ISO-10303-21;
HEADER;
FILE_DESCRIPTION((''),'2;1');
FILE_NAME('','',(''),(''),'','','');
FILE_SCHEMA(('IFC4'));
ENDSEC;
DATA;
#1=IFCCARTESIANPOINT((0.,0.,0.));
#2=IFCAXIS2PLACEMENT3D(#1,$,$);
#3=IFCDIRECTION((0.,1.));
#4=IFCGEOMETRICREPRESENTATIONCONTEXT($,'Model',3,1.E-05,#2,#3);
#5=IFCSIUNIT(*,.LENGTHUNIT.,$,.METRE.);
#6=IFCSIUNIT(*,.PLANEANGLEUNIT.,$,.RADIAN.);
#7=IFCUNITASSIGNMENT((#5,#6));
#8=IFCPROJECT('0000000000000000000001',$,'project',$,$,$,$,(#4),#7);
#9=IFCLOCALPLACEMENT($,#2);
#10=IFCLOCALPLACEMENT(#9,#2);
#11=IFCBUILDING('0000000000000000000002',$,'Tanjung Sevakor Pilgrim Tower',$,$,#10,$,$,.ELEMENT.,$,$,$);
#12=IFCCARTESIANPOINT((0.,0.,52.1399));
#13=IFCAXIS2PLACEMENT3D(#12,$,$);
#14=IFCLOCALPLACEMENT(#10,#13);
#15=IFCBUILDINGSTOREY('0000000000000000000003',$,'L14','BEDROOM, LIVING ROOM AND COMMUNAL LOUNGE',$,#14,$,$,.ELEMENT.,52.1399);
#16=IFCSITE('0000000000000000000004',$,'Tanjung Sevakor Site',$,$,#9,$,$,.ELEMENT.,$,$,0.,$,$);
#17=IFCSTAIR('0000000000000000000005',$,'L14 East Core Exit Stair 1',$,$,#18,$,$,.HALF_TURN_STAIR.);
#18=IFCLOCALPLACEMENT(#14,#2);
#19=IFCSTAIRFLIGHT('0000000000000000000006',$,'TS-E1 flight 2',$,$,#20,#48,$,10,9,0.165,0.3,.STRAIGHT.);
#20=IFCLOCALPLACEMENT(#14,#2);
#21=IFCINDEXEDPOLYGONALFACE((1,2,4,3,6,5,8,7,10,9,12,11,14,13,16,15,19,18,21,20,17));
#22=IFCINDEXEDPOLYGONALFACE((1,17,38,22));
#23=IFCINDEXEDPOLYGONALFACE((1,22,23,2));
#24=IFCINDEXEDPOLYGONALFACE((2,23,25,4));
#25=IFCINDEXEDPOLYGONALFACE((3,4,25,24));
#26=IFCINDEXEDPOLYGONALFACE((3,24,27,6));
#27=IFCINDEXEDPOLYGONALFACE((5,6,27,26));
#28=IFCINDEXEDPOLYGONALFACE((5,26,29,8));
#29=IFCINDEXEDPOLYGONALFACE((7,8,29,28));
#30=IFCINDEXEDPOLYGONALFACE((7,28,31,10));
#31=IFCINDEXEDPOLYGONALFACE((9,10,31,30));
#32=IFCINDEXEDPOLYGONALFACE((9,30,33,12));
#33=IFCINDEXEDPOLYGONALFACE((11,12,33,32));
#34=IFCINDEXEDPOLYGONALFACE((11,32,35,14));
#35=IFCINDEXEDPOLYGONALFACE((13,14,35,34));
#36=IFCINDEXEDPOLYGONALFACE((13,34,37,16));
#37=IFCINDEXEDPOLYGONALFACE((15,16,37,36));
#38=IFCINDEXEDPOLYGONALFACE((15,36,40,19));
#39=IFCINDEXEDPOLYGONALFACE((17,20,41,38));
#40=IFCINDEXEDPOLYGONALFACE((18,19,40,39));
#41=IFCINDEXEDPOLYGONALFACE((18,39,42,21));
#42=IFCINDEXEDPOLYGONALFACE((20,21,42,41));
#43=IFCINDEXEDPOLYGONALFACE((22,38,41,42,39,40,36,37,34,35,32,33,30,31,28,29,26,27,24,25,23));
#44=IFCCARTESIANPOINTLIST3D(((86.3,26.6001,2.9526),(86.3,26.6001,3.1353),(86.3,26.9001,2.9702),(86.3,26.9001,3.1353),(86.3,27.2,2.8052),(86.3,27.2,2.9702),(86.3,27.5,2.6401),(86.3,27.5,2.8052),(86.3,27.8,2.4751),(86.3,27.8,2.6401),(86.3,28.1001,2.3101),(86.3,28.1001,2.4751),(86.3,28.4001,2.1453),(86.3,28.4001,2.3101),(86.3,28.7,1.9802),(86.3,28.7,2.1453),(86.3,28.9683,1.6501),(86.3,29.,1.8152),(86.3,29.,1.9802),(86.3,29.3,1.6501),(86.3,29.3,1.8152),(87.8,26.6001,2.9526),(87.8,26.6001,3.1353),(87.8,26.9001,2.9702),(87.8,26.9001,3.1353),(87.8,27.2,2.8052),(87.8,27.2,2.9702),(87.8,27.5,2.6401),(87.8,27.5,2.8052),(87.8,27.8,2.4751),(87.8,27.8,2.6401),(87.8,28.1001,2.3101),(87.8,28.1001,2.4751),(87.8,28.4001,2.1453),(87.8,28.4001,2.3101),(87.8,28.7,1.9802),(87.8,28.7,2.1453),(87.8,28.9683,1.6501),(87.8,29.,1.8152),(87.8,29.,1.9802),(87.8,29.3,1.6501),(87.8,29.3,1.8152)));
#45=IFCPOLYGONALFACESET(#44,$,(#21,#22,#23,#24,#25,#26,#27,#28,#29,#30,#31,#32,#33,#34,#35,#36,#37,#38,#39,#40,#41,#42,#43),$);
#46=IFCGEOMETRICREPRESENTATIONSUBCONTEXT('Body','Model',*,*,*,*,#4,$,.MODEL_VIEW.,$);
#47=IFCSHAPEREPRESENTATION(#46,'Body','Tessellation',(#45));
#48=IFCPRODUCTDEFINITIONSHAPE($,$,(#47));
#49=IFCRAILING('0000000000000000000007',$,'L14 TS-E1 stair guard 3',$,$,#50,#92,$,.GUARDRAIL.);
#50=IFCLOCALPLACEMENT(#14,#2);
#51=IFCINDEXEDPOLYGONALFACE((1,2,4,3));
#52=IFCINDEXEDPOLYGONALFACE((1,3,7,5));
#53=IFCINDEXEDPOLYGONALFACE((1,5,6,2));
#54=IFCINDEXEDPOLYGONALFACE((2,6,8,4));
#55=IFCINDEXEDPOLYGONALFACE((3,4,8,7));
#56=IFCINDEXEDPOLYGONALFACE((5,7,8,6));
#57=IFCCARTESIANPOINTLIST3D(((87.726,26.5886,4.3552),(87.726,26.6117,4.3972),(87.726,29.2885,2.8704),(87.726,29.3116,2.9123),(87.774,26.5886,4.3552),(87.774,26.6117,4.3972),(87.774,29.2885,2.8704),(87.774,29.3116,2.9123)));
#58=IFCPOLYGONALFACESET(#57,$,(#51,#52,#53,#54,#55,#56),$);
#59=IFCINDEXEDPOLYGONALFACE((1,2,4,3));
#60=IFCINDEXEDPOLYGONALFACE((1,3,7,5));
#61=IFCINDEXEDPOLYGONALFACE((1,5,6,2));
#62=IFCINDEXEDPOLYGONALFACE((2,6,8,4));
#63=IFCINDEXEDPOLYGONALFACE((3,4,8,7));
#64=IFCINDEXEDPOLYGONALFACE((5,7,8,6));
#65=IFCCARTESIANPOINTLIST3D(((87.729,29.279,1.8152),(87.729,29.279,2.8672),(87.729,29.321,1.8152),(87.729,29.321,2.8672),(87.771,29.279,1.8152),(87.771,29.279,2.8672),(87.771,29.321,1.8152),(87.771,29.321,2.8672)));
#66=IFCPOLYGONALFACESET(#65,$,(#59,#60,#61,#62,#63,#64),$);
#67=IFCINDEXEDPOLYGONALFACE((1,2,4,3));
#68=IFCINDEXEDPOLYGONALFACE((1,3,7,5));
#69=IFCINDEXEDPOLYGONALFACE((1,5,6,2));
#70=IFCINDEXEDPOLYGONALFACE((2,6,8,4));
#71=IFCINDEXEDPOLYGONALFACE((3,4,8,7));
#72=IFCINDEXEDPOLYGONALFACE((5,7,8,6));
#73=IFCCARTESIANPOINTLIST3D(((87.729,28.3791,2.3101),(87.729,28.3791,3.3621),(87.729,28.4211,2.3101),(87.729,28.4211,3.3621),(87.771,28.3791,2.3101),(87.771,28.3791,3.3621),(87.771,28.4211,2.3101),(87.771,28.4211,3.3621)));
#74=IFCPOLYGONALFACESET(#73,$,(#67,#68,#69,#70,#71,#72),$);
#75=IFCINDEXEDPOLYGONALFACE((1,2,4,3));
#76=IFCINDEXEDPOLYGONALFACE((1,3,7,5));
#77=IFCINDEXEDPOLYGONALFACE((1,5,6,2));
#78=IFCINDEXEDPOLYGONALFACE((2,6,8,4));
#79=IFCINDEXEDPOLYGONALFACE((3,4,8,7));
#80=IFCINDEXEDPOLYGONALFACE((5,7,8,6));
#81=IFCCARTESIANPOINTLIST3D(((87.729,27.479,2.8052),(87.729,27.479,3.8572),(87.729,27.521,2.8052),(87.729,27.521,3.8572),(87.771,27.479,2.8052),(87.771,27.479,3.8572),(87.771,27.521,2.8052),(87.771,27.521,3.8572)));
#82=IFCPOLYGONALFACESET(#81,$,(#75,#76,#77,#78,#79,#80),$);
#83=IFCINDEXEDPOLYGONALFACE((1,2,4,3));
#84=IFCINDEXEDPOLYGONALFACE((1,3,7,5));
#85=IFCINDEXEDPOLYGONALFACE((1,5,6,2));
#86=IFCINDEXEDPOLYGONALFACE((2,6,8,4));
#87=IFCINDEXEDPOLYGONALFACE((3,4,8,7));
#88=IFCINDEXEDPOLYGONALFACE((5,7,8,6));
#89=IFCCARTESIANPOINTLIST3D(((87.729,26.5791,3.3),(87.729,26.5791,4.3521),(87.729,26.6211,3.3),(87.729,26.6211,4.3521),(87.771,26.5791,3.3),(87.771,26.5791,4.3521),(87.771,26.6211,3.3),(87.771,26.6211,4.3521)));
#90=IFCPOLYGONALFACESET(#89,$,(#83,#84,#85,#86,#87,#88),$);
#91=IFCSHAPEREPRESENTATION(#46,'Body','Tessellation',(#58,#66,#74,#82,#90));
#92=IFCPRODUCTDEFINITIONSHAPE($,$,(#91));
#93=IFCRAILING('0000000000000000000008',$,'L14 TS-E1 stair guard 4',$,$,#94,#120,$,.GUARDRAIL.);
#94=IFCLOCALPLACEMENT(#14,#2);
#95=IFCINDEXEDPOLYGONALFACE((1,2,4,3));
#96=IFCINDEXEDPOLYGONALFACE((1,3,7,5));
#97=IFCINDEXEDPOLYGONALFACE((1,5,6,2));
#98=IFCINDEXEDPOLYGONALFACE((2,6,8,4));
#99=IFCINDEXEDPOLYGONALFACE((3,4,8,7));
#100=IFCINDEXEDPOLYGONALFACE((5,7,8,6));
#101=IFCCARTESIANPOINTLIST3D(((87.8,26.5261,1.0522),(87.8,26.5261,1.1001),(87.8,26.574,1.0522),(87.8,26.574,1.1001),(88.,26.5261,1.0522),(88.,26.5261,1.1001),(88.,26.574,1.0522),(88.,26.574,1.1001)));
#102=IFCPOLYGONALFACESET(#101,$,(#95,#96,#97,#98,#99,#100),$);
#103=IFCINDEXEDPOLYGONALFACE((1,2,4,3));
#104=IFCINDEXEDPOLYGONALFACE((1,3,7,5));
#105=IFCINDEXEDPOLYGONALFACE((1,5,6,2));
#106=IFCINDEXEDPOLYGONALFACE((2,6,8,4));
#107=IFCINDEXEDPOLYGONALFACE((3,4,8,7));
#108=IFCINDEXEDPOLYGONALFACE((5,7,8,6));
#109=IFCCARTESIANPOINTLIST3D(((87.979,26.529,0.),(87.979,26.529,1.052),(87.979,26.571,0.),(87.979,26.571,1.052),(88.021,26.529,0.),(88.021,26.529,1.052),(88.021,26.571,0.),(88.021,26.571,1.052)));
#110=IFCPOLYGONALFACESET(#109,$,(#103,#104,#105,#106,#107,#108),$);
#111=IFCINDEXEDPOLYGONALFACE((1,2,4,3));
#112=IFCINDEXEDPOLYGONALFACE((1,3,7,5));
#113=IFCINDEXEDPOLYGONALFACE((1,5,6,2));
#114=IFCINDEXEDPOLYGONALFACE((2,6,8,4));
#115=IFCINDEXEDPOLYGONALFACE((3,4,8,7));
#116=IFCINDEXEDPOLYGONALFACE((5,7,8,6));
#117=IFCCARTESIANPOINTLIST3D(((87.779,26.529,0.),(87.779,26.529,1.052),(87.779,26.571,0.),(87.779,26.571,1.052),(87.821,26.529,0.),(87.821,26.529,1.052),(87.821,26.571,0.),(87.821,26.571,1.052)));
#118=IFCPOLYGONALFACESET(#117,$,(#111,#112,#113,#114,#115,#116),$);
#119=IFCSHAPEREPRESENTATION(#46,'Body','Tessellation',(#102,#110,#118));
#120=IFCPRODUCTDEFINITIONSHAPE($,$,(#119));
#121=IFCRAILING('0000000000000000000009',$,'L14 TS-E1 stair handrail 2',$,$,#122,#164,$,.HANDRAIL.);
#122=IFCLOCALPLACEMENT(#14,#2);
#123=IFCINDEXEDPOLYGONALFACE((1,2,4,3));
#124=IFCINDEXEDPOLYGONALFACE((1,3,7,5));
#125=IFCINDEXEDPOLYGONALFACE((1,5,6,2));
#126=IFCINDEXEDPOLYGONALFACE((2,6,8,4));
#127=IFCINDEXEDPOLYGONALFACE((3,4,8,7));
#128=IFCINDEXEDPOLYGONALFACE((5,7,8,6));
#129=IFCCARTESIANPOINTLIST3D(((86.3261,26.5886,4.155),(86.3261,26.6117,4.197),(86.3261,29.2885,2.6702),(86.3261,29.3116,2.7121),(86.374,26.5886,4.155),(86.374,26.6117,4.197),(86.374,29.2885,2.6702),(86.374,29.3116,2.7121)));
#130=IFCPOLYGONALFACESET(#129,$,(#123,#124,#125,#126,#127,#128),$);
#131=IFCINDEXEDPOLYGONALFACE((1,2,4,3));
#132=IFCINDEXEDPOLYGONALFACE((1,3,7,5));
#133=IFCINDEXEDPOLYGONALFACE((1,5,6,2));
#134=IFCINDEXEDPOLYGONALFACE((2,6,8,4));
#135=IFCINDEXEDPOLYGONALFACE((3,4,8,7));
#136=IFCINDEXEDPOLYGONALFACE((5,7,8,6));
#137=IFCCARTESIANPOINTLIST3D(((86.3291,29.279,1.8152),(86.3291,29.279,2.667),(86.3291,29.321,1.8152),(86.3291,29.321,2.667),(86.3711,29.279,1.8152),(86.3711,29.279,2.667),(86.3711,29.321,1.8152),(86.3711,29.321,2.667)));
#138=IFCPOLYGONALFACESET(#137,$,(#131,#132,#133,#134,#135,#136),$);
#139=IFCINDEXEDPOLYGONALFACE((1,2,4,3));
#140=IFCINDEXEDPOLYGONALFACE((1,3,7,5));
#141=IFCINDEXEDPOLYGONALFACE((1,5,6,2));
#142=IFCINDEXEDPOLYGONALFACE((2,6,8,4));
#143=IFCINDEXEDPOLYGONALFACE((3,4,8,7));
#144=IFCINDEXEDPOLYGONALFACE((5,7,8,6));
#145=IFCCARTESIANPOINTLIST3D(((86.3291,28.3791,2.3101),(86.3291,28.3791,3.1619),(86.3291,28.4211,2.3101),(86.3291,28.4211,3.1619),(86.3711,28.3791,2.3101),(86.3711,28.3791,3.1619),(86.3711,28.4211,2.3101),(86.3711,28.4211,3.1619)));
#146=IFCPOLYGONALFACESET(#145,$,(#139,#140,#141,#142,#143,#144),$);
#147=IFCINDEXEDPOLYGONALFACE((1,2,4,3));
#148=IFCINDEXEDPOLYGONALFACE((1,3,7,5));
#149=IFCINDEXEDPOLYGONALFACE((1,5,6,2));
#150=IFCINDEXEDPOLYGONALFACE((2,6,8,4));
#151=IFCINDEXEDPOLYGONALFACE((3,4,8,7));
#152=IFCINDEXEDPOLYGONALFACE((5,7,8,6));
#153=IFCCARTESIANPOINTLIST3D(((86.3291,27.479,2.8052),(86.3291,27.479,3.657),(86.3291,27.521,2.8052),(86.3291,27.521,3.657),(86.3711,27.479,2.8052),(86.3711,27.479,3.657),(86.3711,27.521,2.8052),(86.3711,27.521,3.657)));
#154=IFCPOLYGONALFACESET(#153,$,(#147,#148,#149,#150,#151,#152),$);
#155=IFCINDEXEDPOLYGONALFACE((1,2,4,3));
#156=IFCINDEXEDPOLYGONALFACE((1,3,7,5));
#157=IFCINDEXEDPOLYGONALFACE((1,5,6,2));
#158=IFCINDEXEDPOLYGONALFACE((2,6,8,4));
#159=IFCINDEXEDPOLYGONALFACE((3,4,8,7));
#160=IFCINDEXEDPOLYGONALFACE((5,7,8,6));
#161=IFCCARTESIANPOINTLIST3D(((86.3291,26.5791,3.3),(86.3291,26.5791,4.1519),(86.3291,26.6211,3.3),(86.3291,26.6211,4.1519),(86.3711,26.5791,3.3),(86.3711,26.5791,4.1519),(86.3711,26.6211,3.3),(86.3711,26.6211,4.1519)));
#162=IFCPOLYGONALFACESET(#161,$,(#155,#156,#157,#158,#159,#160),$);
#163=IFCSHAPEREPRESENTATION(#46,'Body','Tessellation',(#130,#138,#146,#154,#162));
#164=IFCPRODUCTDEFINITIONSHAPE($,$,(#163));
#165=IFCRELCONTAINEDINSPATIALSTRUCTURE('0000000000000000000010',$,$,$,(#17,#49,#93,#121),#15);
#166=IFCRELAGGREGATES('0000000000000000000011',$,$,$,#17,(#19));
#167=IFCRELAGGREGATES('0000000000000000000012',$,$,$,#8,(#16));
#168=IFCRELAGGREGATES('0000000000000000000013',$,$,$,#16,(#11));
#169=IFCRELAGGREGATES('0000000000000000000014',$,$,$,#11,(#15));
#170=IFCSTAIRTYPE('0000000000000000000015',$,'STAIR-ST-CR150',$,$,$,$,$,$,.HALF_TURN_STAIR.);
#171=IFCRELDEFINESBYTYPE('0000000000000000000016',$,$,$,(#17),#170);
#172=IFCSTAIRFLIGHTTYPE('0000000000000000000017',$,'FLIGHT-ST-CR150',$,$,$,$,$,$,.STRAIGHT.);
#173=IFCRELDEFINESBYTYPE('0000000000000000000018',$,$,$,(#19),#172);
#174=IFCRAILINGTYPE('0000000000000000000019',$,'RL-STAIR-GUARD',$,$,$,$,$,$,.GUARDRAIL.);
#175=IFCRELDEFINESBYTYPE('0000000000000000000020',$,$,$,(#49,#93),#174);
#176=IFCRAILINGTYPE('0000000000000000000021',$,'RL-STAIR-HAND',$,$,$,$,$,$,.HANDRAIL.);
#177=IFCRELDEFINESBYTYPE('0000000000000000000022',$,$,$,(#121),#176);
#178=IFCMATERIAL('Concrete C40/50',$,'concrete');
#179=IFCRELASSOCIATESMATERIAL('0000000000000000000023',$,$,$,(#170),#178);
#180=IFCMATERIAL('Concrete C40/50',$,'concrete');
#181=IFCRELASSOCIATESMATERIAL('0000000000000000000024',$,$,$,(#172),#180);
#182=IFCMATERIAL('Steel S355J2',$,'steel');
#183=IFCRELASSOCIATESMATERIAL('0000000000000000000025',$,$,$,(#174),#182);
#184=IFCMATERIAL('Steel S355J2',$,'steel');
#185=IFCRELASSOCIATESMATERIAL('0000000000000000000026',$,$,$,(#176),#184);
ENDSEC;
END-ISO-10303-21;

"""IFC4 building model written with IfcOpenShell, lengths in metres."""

from ifc_helpers import new_model, si_unit, direction, frame, origin, place, context, subcontext, project, spatial, polyline, rectangle, outline, extrude, material, type_object, element, aggregate, save


model = new_model("IFC4")

# Units and contexts
model_context = context("Model", 3, precision=1e-05, world=origin(), true_north=direction((0.0, 1.0)))
body_context = subcontext(model_context, "Body", "Model", "MODEL_VIEW")
ifc_project = project(units=[si_unit("LENGTHUNIT", "METRE"), si_unit("PLANEANGLEUNIT", "RADIAN")], contexts=[model_context])

# Site, building, storey
site_placement = place(None, origin())
site = spatial("IfcSite", under=ifc_project, at=site_placement, Name="Tanjung Sevakor Site", CompositionType="ELEMENT", RefElevation=0.0)
building_placement = place(site_placement, origin())
building = spatial("IfcBuilding", under=site, at=building_placement, Name="Tanjung Sevakor Pilgrim Tower", CompositionType="ELEMENT")
storey_placement = place(building_placement, frame((0.0, 0.0, 52.1399)))
storey = spatial("IfcBuildingStorey", under=building, at=storey_placement, Name="L14", Description="BEDROOM, LIVING ROOM AND COMMUNAL LOUNGE", CompositionType="ELEMENT", Elevation=52.1399)

# Stair, stair flight
ifc_material_1 = material(Name="Concrete C40/50", Category="concrete")
stair_type = type_object("IfcStairType", Name="STAIR-ST-CR150", PredefinedType="HALF_TURN_STAIR", material=ifc_material_1)
stair_placement = place(storey_placement, origin())
stair = element("IfcStair", 1, at=stair_placement, inside=storey, type_object=stair_type, Name="L14 East Core Exit Stair 1", PredefinedType="HALF_TURN_STAIR")
ifc_material_2 = material(Name="Concrete C40/50", Category="concrete")
stair_flight_type = type_object("IfcStairFlightType", Name="FLIGHT-ST-CR150", PredefinedType="STRAIGHT", material=ifc_material_2)
stair_flight_placement = place(storey_placement, frame((87.05, 29.3, 1.6501), z_axis=(0.0, 0.0, 1.0), x_axis=(0.0, -1.0, 0.0)))
stair_flight = element("IfcStairFlight", 2, at=stair_flight_placement, type_object=stair_flight_type, Name="TS-E1 flight 2", NumberOfRisers=10, NumberOfTreads=9, PredefinedType="STRAIGHT", RiserHeight=0.165, TreadLength=0.3, context=body_context, shape_type="SweptSolid", body=[
    extrude(outline(polyline([(0.0, 0.0), (0.0, 0.165), (0.3, 0.165), (0.3, 0.3301), (0.6001, 0.3301), (0.6001, 0.4951), (0.8999, 0.4951), (0.8999, 0.6599), (1.2, 0.6599), (1.2, 0.825), (1.5, 0.825), (1.5, 0.99), (1.8, 0.99), (1.8, 1.155), (2.1001, 1.155), (2.1001, 1.3201), (2.3999, 1.3201), (2.3999, 1.4851), (2.7, 1.4851), (2.7, 1.6499), (2.7, 1.3025), (0.3318, 0.0), (0.0, 0.0)])), frame((0.0, 0.75, 0.0), z_axis=(0.0, -1.0, 0.0), x_axis=(1.0, 0.0, 0.0)), (0.0, 0.0, 1.0), 1.5),
])
aggregate(stair, [stair_flight])

# Railings
ifc_material_3 = material(Name="Steel S355J2", Category="steel")
railing_type_1 = type_object("IfcRailingType", Name="RL-STAIR-GUARD", PredefinedType="GUARDRAIL", material=ifc_material_3)
railing_1_placement = place(storey_placement, frame((87.75, 29.3, 1.8152)))
element("IfcRailing", 3, at=railing_1_placement, inside=storey, type_object=railing_type_1, Name="L14 TS-E1 stair guard 3", PredefinedType="GUARDRAIL", context=body_context, shape_type="SweptSolid", body=[
    extrude(rectangle(XDim=0.0479, YDim=0.0479), frame((0.0, 0.0, 1.0762), z_axis=(0.0, -0.876231, 0.481891), x_axis=(1.0, 0.0, 0.0)), (0.0, 0.0, 1.0), 3.0813),
    extrude(rectangle(XDim=0.042, YDim=0.042), origin(), (0.0, 0.0, 1.0), 1.052),
    extrude(rectangle(XDim=0.042, YDim=0.042), frame((0.0, -0.8999, 0.4949)), (0.0, 0.0, 1.0), 1.052),
    extrude(rectangle(XDim=0.042, YDim=0.042), frame((0.0, -1.8, 0.99)), (0.0, 0.0, 1.0), 1.052),
    extrude(rectangle(XDim=0.042, YDim=0.042), frame((0.0, -2.7, 1.4849)), (0.0, 0.0, 1.0), 1.052),
])
railing_2_placement = place(storey_placement, frame((88.0, 26.55, 0.0)))
element("IfcRailing", 4, at=railing_2_placement, inside=storey, type_object=railing_type_1, Name="L14 TS-E1 stair guard 4", PredefinedType="GUARDRAIL", context=body_context, shape_type="SweptSolid", body=[
    extrude(rectangle(XDim=0.0479, YDim=0.0479), frame((0.0, 0.0, 1.0762), z_axis=(-1.0, 0.0, 0.0), x_axis=(0.0, -1.0, 0.0)), (0.0, 0.0, 1.0), 0.2),
    extrude(rectangle(XDim=0.042, YDim=0.042), origin(), (0.0, 0.0, 1.0), 1.052),
    extrude(rectangle(XDim=0.042, YDim=0.042), frame((-0.2, 0.0, 0.0)), (0.0, 0.0, 1.0), 1.052),
])
ifc_material_4 = material(Name="Steel S355J2", Category="steel")
railing_type_2 = type_object("IfcRailingType", Name="RL-STAIR-HAND", PredefinedType="HANDRAIL", material=ifc_material_4)
railing_3_placement = place(storey_placement, frame((86.3501, 29.3, 1.8152)))
element("IfcRailing", 5, at=railing_3_placement, inside=storey, type_object=railing_type_2, Name="L14 TS-E1 stair handrail 2", PredefinedType="HANDRAIL", context=body_context, shape_type="SweptSolid", body=[
    extrude(rectangle(XDim=0.0479, YDim=0.0479), frame((0.0, 0.0, 0.876), z_axis=(0.0, -0.876231, 0.481891), x_axis=(1.0, 0.0, 0.0)), (0.0, 0.0, 1.0), 3.0813),
    extrude(rectangle(XDim=0.042, YDim=0.042), origin(), (0.0, 0.0, 1.0), 0.8518),
    extrude(rectangle(XDim=0.042, YDim=0.042), frame((0.0, -0.8999, 0.4949)), (0.0, 0.0, 1.0), 0.8518),
    extrude(rectangle(XDim=0.042, YDim=0.042), frame((0.0, -1.8, 0.99)), (0.0, 0.0, 1.0), 0.8518),
    extrude(rectangle(XDim=0.042, YDim=0.042), frame((0.0, -2.7, 1.4849)), (0.0, 0.0, 1.0), 0.8518),
])

save(model, "model.ifc")
